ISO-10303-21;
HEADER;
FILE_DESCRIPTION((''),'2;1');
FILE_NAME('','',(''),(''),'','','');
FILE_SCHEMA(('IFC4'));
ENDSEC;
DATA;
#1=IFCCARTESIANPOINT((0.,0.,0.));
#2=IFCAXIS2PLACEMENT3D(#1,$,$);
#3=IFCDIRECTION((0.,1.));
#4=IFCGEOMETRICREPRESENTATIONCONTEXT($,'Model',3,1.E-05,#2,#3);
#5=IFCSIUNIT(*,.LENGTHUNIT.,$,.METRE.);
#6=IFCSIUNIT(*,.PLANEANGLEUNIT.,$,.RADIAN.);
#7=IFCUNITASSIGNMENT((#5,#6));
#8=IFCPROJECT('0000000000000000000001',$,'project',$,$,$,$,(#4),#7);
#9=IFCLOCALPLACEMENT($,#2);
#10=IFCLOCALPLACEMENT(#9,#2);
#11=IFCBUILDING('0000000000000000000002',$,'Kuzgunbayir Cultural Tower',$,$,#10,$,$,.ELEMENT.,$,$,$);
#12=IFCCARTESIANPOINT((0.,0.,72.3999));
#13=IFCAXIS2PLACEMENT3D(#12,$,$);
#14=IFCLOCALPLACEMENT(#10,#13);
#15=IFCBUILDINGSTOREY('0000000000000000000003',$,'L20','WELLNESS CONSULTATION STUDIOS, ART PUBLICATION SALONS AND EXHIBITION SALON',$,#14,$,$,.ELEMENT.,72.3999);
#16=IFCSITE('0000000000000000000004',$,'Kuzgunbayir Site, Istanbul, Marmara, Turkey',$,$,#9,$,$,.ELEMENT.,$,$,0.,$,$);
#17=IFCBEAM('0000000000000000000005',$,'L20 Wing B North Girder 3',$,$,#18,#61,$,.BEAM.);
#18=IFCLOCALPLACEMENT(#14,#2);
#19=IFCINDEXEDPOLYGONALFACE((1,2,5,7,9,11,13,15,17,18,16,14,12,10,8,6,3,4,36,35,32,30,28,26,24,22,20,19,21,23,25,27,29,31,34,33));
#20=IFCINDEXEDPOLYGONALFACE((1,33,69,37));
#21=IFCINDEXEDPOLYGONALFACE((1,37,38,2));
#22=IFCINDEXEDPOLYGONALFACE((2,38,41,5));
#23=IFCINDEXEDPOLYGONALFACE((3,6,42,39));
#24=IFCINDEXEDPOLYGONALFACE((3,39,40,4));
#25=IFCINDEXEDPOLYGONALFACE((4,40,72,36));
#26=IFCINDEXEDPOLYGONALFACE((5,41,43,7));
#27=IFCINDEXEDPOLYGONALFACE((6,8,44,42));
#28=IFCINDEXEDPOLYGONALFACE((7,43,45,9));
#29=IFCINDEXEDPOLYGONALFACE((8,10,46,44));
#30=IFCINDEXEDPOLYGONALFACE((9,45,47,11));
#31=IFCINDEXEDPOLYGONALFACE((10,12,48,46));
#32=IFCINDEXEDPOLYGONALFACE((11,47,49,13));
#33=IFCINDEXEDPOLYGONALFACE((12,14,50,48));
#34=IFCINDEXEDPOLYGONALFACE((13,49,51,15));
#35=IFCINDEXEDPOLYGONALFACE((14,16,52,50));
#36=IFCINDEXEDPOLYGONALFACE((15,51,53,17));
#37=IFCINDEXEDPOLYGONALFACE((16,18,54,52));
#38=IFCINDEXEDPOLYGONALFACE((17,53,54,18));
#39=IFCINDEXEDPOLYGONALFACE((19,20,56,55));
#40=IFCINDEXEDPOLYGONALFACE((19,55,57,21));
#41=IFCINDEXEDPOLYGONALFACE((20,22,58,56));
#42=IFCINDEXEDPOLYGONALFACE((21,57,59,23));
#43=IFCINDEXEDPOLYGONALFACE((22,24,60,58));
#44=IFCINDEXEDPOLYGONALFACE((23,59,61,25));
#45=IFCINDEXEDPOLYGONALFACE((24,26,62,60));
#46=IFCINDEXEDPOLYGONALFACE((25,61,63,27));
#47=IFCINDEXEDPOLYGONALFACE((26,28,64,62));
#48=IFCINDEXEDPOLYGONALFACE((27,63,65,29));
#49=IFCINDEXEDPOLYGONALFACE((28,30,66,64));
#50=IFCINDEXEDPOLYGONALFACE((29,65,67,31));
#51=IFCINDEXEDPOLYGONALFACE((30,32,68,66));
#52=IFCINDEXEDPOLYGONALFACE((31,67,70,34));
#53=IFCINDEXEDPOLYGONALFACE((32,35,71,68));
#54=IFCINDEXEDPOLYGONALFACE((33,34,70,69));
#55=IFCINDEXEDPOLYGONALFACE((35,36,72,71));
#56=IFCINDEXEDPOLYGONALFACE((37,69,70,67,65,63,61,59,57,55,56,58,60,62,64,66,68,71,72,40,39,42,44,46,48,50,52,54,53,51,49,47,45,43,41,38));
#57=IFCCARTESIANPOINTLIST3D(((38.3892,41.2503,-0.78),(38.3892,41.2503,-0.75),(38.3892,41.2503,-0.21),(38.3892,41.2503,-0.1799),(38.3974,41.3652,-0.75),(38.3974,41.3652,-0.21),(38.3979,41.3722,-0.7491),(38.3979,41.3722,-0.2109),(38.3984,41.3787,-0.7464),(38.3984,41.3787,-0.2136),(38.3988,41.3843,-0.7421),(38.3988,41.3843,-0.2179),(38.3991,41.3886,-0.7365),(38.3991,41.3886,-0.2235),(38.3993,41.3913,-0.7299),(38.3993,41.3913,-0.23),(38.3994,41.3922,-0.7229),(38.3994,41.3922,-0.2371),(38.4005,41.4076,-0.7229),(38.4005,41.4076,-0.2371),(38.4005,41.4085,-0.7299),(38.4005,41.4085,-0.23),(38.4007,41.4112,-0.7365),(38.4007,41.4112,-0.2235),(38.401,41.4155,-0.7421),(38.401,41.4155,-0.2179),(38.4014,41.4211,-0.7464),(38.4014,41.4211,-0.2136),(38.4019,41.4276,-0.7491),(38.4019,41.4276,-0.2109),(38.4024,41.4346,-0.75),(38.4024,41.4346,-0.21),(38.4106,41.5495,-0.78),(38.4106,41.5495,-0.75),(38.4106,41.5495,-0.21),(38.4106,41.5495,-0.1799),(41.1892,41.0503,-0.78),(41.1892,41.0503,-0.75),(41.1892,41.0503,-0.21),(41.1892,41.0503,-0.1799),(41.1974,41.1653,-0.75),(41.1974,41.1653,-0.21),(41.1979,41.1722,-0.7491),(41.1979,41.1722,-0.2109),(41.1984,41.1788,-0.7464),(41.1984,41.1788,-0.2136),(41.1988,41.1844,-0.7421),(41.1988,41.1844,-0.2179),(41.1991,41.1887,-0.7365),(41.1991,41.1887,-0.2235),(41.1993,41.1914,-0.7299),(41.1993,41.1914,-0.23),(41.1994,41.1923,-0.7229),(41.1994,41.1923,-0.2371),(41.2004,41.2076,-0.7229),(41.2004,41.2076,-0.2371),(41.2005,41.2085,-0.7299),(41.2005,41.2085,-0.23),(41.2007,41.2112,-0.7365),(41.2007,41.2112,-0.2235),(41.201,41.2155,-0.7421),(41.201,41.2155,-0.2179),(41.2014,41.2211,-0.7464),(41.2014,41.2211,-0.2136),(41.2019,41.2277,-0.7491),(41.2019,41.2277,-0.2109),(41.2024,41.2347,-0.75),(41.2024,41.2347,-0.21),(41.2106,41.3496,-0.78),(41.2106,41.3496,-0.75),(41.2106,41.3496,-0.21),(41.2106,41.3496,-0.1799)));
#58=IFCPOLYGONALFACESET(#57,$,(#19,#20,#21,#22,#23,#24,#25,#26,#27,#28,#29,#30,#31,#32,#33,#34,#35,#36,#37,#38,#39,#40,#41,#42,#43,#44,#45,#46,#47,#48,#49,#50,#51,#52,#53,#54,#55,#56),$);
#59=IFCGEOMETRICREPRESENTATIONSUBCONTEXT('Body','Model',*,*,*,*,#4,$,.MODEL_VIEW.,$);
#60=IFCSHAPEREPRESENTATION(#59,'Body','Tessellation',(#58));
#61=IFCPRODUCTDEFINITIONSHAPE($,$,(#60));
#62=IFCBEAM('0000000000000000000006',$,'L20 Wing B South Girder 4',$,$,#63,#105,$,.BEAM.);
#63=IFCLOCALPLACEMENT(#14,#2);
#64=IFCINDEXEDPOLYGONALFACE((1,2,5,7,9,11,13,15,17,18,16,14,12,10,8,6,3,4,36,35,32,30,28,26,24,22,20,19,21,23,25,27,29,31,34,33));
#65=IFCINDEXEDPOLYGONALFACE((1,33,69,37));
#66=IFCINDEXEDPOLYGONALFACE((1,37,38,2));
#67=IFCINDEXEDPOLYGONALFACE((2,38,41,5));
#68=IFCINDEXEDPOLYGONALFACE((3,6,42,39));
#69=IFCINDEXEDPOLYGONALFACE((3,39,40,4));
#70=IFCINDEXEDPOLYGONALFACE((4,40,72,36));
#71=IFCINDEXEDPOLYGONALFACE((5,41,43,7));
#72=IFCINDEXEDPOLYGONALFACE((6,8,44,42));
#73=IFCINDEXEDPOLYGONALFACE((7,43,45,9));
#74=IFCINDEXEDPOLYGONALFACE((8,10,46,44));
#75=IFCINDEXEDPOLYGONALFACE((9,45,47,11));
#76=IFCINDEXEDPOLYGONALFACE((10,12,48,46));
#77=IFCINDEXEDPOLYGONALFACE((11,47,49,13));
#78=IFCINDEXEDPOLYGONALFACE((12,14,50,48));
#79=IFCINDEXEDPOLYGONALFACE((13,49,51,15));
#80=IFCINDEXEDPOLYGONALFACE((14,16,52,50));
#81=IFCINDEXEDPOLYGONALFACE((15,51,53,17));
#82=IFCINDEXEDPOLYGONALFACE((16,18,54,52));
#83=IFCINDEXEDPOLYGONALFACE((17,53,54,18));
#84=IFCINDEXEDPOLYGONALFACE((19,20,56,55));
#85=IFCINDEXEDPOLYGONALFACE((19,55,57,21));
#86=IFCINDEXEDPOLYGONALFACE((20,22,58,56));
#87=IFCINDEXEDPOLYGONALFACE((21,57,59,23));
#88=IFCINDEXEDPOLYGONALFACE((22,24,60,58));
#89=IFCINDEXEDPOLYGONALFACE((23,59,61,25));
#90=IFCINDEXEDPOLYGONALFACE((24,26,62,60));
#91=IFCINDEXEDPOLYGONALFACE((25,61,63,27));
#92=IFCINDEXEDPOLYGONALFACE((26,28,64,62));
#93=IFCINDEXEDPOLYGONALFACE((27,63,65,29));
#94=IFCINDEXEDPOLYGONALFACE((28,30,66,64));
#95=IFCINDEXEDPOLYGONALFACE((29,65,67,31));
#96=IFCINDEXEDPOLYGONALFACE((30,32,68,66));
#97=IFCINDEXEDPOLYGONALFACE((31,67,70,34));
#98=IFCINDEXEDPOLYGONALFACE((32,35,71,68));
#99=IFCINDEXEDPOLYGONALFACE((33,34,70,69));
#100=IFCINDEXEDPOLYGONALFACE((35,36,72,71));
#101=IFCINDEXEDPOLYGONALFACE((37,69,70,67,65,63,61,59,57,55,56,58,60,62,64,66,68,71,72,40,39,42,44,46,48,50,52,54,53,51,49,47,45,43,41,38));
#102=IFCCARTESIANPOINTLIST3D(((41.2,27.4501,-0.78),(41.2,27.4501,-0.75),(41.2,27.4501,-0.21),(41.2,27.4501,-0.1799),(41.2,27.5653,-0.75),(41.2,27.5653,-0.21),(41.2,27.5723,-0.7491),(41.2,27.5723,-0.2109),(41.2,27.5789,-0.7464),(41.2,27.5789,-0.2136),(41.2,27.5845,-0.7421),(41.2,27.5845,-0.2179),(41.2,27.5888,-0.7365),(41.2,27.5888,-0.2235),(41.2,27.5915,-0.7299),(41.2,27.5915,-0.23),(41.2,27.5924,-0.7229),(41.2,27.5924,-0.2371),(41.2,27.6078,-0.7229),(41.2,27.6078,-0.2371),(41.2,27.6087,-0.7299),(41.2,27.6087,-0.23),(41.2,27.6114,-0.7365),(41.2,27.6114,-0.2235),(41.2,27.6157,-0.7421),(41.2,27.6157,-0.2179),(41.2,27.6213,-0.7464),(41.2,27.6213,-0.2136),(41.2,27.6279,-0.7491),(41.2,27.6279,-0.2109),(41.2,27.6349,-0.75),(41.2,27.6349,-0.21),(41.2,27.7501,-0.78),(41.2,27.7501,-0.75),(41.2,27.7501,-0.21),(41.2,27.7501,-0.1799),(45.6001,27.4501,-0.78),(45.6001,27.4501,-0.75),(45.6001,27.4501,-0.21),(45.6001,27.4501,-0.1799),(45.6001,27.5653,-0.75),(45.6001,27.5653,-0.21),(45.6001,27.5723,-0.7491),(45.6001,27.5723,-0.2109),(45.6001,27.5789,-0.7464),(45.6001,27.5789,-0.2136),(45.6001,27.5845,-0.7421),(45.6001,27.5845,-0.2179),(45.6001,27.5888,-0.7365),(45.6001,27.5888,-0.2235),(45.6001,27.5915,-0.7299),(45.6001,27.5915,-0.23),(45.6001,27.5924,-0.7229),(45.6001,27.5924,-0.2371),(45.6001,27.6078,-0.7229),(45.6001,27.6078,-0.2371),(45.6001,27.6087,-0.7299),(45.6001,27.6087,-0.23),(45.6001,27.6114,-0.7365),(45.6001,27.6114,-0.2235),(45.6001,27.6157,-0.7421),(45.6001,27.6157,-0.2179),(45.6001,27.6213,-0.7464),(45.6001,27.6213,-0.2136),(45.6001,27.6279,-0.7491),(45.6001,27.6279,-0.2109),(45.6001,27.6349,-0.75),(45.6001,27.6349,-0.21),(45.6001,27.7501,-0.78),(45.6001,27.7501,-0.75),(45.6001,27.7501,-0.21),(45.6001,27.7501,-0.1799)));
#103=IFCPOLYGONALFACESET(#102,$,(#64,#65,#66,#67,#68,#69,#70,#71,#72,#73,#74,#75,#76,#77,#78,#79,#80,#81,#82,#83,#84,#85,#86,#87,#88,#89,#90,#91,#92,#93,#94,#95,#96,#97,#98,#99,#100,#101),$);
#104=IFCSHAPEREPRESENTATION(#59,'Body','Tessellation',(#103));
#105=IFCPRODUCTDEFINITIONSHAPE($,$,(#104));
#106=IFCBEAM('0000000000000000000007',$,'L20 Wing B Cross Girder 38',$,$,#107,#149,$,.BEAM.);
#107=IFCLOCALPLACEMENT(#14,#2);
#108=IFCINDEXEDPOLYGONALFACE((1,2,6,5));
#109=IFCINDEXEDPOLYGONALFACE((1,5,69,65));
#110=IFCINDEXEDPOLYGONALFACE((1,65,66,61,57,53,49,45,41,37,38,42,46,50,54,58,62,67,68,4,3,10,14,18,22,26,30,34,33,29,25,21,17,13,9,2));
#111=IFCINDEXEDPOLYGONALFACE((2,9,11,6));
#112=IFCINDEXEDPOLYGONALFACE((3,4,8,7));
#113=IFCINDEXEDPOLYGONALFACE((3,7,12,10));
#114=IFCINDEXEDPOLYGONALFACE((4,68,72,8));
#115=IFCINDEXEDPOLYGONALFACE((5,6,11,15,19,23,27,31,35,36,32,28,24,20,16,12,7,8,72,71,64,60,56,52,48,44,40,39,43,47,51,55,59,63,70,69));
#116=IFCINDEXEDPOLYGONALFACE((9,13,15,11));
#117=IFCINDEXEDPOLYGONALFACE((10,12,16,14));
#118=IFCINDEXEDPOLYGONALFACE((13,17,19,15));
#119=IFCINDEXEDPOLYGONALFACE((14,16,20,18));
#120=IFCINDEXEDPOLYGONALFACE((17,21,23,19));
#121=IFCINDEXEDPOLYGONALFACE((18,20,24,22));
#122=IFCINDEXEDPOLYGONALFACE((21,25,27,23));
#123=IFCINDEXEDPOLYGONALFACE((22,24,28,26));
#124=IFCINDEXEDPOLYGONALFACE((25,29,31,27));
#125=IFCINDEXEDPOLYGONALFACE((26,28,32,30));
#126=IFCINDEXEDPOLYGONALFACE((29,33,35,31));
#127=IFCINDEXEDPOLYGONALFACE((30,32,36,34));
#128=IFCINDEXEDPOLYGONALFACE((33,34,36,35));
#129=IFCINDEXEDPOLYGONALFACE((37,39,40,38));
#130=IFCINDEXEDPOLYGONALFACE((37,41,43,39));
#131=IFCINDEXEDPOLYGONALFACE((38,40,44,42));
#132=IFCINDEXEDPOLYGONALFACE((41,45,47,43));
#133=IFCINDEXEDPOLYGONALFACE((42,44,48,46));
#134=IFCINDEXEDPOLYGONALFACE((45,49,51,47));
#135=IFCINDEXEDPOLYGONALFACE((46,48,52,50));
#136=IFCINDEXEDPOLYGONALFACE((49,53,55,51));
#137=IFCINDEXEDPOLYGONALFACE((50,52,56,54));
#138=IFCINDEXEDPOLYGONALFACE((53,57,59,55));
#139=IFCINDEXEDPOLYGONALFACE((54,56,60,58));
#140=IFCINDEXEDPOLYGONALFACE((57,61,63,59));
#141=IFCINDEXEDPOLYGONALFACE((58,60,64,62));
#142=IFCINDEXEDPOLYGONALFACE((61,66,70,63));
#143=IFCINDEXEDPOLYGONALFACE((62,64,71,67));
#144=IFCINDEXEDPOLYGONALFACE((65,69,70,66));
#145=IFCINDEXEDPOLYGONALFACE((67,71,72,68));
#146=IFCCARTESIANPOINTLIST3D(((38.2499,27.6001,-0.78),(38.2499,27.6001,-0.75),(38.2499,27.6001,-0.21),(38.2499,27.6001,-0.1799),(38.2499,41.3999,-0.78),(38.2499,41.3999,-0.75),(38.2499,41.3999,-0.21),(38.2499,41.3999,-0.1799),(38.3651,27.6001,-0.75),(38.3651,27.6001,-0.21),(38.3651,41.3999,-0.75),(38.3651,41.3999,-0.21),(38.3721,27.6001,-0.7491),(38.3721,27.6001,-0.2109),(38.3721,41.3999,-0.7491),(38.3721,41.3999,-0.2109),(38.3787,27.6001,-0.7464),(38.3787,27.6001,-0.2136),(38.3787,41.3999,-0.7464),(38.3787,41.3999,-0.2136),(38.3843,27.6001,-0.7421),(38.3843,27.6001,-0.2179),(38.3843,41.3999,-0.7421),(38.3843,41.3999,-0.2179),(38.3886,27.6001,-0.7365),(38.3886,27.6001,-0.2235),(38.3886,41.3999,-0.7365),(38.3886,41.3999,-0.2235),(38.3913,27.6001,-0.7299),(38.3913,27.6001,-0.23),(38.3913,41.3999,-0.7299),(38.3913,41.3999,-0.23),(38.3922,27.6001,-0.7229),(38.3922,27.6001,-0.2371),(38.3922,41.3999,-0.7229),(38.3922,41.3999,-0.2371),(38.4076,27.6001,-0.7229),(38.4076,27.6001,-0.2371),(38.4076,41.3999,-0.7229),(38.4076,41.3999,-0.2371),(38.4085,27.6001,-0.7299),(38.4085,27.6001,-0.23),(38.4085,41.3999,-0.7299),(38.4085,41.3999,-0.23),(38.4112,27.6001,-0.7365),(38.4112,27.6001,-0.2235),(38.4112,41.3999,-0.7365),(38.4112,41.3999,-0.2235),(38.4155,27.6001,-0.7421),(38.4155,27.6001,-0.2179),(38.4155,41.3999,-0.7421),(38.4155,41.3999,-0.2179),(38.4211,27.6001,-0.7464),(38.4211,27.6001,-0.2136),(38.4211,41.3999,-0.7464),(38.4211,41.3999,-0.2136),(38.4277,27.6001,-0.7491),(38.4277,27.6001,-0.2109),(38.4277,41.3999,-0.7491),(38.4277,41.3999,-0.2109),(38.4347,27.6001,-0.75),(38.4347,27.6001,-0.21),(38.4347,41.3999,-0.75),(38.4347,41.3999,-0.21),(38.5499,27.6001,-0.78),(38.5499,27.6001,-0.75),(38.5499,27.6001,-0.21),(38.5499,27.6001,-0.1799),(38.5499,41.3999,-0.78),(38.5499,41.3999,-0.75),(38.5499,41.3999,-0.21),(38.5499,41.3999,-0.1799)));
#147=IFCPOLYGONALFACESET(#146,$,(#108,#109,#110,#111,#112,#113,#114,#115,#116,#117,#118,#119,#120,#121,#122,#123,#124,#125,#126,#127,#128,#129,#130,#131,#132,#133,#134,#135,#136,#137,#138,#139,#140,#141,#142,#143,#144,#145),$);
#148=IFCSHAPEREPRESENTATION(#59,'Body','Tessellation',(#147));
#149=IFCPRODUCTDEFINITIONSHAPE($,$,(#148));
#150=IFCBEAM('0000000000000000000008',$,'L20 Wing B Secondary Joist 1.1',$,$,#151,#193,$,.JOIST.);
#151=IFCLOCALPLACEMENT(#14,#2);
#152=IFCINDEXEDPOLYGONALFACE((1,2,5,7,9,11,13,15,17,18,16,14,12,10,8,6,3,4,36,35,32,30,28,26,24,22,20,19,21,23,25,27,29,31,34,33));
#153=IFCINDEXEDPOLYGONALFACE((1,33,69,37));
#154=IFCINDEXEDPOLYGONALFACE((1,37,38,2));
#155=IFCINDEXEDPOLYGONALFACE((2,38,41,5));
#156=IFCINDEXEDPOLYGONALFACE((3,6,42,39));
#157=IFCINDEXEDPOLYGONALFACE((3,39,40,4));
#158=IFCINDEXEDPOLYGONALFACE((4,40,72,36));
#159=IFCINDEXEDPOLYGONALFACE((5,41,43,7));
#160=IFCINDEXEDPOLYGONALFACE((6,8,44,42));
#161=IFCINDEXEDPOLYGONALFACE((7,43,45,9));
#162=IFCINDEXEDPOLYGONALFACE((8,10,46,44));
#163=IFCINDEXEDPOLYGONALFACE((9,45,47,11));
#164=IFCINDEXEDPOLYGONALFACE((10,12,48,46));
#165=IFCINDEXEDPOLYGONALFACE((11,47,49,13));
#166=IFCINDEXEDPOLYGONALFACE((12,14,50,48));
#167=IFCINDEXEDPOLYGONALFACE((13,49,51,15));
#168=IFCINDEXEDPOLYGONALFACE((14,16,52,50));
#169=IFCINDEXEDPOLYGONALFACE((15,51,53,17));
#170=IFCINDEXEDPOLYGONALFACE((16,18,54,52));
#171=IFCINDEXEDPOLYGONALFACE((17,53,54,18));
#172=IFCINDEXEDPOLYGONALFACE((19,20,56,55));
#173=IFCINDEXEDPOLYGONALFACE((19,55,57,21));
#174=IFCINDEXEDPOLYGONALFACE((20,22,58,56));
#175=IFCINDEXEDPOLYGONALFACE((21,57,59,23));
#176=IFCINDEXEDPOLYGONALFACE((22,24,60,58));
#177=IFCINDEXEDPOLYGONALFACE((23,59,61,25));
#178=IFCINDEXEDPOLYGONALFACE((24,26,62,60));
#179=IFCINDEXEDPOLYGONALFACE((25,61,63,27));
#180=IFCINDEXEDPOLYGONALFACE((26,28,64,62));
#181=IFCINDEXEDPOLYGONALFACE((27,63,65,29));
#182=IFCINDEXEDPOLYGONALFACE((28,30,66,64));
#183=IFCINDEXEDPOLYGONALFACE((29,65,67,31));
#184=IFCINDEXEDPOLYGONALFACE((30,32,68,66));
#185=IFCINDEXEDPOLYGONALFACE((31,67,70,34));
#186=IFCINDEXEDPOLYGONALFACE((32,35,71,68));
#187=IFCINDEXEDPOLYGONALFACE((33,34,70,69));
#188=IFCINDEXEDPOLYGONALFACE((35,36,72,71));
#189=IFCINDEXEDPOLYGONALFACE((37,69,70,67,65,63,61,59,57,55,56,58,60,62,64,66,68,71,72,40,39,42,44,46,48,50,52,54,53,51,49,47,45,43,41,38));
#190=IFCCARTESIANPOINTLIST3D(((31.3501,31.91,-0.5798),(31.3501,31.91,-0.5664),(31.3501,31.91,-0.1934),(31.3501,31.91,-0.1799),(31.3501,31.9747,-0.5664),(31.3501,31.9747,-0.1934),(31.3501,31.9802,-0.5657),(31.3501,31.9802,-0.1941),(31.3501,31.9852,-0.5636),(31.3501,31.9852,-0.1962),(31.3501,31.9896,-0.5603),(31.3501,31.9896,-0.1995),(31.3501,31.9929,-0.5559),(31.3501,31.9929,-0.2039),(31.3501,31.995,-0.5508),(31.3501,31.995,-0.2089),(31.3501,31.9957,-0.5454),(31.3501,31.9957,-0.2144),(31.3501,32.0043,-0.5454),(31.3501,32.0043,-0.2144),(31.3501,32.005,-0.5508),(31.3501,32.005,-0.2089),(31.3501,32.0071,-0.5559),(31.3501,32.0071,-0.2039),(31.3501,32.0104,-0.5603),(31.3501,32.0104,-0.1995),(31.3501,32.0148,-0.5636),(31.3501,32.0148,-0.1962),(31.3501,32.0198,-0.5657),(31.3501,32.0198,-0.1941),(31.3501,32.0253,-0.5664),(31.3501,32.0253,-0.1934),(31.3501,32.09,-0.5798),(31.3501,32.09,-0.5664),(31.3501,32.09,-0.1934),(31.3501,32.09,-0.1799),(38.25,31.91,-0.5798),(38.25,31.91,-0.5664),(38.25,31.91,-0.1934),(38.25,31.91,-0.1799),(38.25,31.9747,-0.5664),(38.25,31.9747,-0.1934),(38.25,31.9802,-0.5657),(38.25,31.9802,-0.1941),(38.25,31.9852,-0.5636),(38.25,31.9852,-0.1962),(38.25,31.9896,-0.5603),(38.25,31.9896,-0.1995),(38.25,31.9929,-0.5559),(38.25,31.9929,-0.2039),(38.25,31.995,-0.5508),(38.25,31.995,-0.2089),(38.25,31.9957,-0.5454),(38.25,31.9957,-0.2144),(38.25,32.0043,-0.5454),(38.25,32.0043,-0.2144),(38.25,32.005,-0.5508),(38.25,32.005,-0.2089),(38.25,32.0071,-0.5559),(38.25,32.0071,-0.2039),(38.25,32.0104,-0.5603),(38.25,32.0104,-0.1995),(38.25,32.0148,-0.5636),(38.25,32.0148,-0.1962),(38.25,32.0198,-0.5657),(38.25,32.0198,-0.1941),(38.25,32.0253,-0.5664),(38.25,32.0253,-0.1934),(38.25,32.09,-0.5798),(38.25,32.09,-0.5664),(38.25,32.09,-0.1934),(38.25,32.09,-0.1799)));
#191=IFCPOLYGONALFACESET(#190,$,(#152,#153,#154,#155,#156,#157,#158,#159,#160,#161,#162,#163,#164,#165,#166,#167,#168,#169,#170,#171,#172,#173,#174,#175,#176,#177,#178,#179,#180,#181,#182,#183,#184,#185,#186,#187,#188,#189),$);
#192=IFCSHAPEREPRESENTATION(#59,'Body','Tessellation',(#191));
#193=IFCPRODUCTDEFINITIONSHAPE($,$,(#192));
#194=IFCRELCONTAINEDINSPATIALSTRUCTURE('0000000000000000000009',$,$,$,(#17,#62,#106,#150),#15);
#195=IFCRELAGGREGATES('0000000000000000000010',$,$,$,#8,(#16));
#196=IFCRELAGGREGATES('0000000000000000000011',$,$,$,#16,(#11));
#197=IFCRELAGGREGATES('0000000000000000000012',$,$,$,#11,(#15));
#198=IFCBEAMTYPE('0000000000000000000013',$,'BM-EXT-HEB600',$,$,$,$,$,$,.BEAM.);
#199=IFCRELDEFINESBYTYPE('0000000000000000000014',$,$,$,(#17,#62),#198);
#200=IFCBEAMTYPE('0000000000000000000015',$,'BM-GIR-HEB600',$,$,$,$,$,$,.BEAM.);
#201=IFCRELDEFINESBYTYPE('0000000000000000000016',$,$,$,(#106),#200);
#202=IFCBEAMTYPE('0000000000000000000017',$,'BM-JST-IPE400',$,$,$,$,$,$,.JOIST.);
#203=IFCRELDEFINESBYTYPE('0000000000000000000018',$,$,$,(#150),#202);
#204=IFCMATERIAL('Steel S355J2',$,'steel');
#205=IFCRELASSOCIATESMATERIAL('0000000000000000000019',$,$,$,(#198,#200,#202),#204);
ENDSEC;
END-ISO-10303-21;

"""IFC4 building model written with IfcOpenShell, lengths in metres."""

from ifc_helpers import new_model, si_unit, direction, frame, origin, origin_2d, place, context, subcontext, project, spatial, i_section, extrude, material, material_profile, profile_set, type_object, element, save


model = new_model("IFC4")

# Units and contexts
model_context = context("Model", 3, precision=1e-05, world=origin(), true_north=direction((0.0, 1.0)))
body_context = subcontext(model_context, "Body", "Model", "MODEL_VIEW")
ifc_project = project(units=[si_unit("LENGTHUNIT", "METRE"), si_unit("PLANEANGLEUNIT", "RADIAN")], contexts=[model_context])

# Site, building, storey
site_placement = place(None, origin())
site = spatial("IfcSite", under=ifc_project, at=site_placement, Name="Kuzgunbayir Site, Istanbul, Marmara, Turkey", CompositionType="ELEMENT", RefElevation=0.0)
building_placement = place(site_placement, origin())
building = spatial("IfcBuilding", under=site, at=building_placement, Name="Kuzgunbayir Cultural Tower", CompositionType="ELEMENT")
storey_placement = place(building_placement, frame((0.0, 0.0, 72.3999)))
storey = spatial("IfcBuildingStorey", under=building, at=storey_placement, Name="L20", Description="WELLNESS CONSULTATION STUDIOS, ART PUBLICATION SALONS AND EXHIBITION SALON", CompositionType="ELEMENT", Elevation=72.3999)

# Beams
ifc_material_1 = material(Name="Steel S355J2", Category="steel")
ifc_material_profile_1 = material_profile(ifc_material_1, i_section(OverallWidth=0.3, OverallDepth=0.6001, WebThickness=0.0154, FlangeThickness=0.03, FilletRadius=0.0271, at=origin_2d()), Name="HEB 600")
ifc_profile_set_1 = profile_set([ifc_material_profile_1], Name="Steel S355J2")
beam_type_1 = type_object("IfcBeamType", Name="BM-EXT-HEB600", PredefinedType="BEAM", material=ifc_profile_set_1)
beam_1_placement = place(storey_placement, frame((38.3999, 41.3999, -0.48), z_axis=(0.99746, -0.071229, 0.0), x_axis=(0.071229, 0.99746, 0.0)))
element("IfcBeam", 1, at=beam_1_placement, inside=storey, type_object=beam_type_1, Name="L20 Wing B North Girder 3", PredefinedType="BEAM", context=body_context, shape_type="SweptSolid", body=[
    extrude(i_section(OverallWidth=0.3, OverallDepth=0.6001, WebThickness=0.0154, FlangeThickness=0.03, FilletRadius=0.0271, at=origin_2d()), origin(), (0.0, 0.0, 1.0), 2.8071),
])
beam_2_placement = place(storey_placement, frame((41.2, 27.6001, -0.48), z_axis=(1.0, 0.0, 0.0), x_axis=(0.0, 1.0, 0.0)))
element("IfcBeam", 2, at=beam_2_placement, inside=storey, type_object=beam_type_1, Name="L20 Wing B South Girder 4", PredefinedType="BEAM", context=body_context, shape_type="SweptSolid", body=[
    extrude(i_section(OverallWidth=0.3, OverallDepth=0.6001, WebThickness=0.0154, FlangeThickness=0.03, FilletRadius=0.0271, at=origin_2d()), origin(), (0.0, 0.0, 1.0), 4.4001),
])
ifc_material_profile_2 = material_profile(ifc_material_1, i_section(OverallWidth=0.3, OverallDepth=0.6001, WebThickness=0.0154, FlangeThickness=0.03, FilletRadius=0.0271, at=origin_2d()), Name="HEB 600")
ifc_profile_set_2 = profile_set([ifc_material_profile_2], Name="Steel S355J2")
beam_type_2 = type_object("IfcBeamType", Name="BM-GIR-HEB600", PredefinedType="BEAM", material=ifc_profile_set_2)
beam_3_placement = place(storey_placement, frame((38.3999, 27.6001, -0.48), z_axis=(0.0, 1.0, 0.0), x_axis=(-1.0, 0.0, 0.0)))
element("IfcBeam", 3, at=beam_3_placement, inside=storey, type_object=beam_type_2, Name="L20 Wing B Cross Girder 38", PredefinedType="BEAM", context=body_context, shape_type="SweptSolid", body=[
    extrude(i_section(OverallWidth=0.3, OverallDepth=0.6001, WebThickness=0.0154, FlangeThickness=0.03, FilletRadius=0.0271, at=origin_2d()), origin(), (0.0, 0.0, 1.0), 13.7998),
])
ifc_material_profile_3 = material_profile(ifc_material_1, i_section(OverallWidth=0.1799, OverallDepth=0.3999, WebThickness=0.0085, FlangeThickness=0.0134, FilletRadius=0.021, at=origin_2d()), Name="IPE 400")
ifc_profile_set_3 = profile_set([ifc_material_profile_3], Name="Steel S355J2")
beam_type_3 = type_object("IfcBeamType", Name="BM-JST-IPE400", PredefinedType="JOIST", material=ifc_profile_set_3)
for number, where, z_axis, x_axis, name in (
    (4, (31.3501, 32.0, -0.3799), (1.0, 0.0, 0.0), (0.0, 1.0, 0.0), "L20 Wing B Secondary Joist 1.1"),
):
    element("IfcBeam", number, at=place(storey_placement, frame(where, z_axis=z_axis, x_axis=x_axis)), inside=storey, type_object=beam_type_3, Name=name, PredefinedType="JOIST", context=body_context, shape_type="SweptSolid", body=[
        extrude(i_section(OverallWidth=0.1799, OverallDepth=0.3999, WebThickness=0.0085, FlangeThickness=0.0134, FilletRadius=0.021, at=origin_2d()), origin(), (0.0, 0.0, 1.0), 6.8999),
    ])

save(model, "model.ifc")
